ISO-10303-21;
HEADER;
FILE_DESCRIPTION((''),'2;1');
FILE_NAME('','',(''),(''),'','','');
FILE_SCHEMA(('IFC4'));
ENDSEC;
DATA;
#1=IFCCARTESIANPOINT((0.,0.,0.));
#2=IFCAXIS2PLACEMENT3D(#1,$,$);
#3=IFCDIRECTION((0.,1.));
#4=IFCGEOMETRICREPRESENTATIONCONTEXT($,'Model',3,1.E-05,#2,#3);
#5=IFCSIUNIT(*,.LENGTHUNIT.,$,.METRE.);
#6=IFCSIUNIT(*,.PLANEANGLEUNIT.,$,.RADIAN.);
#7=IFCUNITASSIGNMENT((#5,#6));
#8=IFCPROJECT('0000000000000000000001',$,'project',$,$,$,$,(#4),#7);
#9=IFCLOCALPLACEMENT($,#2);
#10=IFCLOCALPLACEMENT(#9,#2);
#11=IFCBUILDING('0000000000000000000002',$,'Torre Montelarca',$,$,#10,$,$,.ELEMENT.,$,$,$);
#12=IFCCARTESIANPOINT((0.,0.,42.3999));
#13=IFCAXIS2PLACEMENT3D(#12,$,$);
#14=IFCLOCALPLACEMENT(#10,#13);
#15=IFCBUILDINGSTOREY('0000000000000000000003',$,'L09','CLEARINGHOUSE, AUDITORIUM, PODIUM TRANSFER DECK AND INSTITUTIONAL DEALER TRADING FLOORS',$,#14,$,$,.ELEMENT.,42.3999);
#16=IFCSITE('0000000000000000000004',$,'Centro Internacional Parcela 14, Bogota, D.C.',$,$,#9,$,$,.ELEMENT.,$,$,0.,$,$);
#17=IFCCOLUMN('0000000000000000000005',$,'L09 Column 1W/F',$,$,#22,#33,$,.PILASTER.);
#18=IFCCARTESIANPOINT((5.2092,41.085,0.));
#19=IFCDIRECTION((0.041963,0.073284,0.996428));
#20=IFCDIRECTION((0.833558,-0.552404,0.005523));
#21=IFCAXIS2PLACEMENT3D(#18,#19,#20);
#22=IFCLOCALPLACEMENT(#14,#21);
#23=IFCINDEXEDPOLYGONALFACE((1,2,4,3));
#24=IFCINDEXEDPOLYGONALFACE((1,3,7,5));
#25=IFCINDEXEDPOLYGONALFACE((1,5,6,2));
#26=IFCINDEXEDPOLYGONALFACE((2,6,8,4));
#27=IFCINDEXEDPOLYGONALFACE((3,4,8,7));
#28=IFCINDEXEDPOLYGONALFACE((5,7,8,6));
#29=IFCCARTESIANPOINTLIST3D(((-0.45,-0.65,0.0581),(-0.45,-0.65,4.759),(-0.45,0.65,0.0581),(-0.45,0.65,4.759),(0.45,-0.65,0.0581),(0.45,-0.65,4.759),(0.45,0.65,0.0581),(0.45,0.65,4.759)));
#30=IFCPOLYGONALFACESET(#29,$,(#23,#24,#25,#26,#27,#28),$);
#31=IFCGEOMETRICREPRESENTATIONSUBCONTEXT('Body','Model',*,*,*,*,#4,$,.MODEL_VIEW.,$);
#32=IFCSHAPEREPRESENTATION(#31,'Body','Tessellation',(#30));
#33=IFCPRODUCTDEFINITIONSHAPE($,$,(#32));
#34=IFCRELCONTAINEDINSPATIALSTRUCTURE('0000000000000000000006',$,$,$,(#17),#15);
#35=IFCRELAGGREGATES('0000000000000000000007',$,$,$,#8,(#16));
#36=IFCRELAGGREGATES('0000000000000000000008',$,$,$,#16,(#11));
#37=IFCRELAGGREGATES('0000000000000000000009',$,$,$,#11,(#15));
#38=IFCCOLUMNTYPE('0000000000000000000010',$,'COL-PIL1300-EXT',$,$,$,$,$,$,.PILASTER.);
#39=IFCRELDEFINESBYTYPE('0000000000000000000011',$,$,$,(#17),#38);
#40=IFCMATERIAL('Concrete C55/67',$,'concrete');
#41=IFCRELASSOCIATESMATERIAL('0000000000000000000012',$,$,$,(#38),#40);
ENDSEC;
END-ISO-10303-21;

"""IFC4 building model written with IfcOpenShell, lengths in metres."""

from ifc_helpers import new_model, si_unit, direction, frame, origin, origin_2d, place, context, subcontext, project, spatial, rectangle, extrude, clip, halfspace, material, material_profile, profile_set, type_object, element, save


model = new_model("IFC4")

# Units and contexts
model_context = context("Model", 3, precision=1e-05, world=origin(), true_north=direction((0.0, 1.0)))
body_context = subcontext(model_context, "Body", "Model", "MODEL_VIEW")
ifc_project = project(units=[si_unit("LENGTHUNIT", "METRE"), si_unit("PLANEANGLEUNIT", "RADIAN")], contexts=[model_context])

# Site, building, storey
site_placement = place(None, origin())
site = spatial("IfcSite", under=ifc_project, at=site_placement, Name="Centro Internacional Parcela 14, Bogota, D.C.", CompositionType="ELEMENT", RefElevation=0.0)
building_placement = place(site_placement, origin())
building = spatial("IfcBuilding", under=site, at=building_placement, Name="Torre Montelarca", CompositionType="ELEMENT")
storey_placement = place(building_placement, frame((0.0, 0.0, 42.3999)))
storey = spatial("IfcBuildingStorey", under=building, at=storey_placement, Name="L09", Description="CLEARINGHOUSE, AUDITORIUM, PODIUM TRANSFER DECK AND INSTITUTIONAL DEALER TRADING FLOORS", CompositionType="ELEMENT", Elevation=42.3999)

# Column
ifc_material_1 = material(Name="Concrete C55/67", Category="concrete")
ifc_material_profile_1 = material_profile(ifc_material_1, rectangle(XDim=0.8999, YDim=1.3, at=origin_2d()), Name="RC1300X900", Category="concrete")
ifc_profile_set_1 = profile_set([ifc_material_profile_1], Name="Concrete C55/67")
column_type = type_object("IfcColumnType", Name="COL-PIL1300-EXT", PredefinedType="PILASTER", material=ifc_profile_set_1)
column_placement = place(storey_placement, frame((5.2092, 41.085, 0.0), z_axis=(0.041963, 0.073284, 0.996428), x_axis=(0.833558, -0.552404, 0.005523)))
element("IfcColumn", 1, at=column_placement, inside=storey, type_object=column_type, Name="L09 Column 1W/F", PredefinedType="PILASTER", context=body_context, shape_type="Clipping", body=[
    clip(clip(extrude(rectangle(XDim=0.8999, YDim=1.3, at=origin_2d()), origin(), (0.0, 0.0, 1.0), 4.8171), halfspace(frame((0.0, 0.0, 0.0581), z_axis=(0.0, 0.0, -1.0), x_axis=(1.0, 0.0, 0.0)), False)), halfspace(frame((0.0, 0.0, 4.759), z_axis=(0.0, 0.0, 1.0), x_axis=(1.0, 0.0, 0.0)), False)),
])

save(model, "model.ifc")
